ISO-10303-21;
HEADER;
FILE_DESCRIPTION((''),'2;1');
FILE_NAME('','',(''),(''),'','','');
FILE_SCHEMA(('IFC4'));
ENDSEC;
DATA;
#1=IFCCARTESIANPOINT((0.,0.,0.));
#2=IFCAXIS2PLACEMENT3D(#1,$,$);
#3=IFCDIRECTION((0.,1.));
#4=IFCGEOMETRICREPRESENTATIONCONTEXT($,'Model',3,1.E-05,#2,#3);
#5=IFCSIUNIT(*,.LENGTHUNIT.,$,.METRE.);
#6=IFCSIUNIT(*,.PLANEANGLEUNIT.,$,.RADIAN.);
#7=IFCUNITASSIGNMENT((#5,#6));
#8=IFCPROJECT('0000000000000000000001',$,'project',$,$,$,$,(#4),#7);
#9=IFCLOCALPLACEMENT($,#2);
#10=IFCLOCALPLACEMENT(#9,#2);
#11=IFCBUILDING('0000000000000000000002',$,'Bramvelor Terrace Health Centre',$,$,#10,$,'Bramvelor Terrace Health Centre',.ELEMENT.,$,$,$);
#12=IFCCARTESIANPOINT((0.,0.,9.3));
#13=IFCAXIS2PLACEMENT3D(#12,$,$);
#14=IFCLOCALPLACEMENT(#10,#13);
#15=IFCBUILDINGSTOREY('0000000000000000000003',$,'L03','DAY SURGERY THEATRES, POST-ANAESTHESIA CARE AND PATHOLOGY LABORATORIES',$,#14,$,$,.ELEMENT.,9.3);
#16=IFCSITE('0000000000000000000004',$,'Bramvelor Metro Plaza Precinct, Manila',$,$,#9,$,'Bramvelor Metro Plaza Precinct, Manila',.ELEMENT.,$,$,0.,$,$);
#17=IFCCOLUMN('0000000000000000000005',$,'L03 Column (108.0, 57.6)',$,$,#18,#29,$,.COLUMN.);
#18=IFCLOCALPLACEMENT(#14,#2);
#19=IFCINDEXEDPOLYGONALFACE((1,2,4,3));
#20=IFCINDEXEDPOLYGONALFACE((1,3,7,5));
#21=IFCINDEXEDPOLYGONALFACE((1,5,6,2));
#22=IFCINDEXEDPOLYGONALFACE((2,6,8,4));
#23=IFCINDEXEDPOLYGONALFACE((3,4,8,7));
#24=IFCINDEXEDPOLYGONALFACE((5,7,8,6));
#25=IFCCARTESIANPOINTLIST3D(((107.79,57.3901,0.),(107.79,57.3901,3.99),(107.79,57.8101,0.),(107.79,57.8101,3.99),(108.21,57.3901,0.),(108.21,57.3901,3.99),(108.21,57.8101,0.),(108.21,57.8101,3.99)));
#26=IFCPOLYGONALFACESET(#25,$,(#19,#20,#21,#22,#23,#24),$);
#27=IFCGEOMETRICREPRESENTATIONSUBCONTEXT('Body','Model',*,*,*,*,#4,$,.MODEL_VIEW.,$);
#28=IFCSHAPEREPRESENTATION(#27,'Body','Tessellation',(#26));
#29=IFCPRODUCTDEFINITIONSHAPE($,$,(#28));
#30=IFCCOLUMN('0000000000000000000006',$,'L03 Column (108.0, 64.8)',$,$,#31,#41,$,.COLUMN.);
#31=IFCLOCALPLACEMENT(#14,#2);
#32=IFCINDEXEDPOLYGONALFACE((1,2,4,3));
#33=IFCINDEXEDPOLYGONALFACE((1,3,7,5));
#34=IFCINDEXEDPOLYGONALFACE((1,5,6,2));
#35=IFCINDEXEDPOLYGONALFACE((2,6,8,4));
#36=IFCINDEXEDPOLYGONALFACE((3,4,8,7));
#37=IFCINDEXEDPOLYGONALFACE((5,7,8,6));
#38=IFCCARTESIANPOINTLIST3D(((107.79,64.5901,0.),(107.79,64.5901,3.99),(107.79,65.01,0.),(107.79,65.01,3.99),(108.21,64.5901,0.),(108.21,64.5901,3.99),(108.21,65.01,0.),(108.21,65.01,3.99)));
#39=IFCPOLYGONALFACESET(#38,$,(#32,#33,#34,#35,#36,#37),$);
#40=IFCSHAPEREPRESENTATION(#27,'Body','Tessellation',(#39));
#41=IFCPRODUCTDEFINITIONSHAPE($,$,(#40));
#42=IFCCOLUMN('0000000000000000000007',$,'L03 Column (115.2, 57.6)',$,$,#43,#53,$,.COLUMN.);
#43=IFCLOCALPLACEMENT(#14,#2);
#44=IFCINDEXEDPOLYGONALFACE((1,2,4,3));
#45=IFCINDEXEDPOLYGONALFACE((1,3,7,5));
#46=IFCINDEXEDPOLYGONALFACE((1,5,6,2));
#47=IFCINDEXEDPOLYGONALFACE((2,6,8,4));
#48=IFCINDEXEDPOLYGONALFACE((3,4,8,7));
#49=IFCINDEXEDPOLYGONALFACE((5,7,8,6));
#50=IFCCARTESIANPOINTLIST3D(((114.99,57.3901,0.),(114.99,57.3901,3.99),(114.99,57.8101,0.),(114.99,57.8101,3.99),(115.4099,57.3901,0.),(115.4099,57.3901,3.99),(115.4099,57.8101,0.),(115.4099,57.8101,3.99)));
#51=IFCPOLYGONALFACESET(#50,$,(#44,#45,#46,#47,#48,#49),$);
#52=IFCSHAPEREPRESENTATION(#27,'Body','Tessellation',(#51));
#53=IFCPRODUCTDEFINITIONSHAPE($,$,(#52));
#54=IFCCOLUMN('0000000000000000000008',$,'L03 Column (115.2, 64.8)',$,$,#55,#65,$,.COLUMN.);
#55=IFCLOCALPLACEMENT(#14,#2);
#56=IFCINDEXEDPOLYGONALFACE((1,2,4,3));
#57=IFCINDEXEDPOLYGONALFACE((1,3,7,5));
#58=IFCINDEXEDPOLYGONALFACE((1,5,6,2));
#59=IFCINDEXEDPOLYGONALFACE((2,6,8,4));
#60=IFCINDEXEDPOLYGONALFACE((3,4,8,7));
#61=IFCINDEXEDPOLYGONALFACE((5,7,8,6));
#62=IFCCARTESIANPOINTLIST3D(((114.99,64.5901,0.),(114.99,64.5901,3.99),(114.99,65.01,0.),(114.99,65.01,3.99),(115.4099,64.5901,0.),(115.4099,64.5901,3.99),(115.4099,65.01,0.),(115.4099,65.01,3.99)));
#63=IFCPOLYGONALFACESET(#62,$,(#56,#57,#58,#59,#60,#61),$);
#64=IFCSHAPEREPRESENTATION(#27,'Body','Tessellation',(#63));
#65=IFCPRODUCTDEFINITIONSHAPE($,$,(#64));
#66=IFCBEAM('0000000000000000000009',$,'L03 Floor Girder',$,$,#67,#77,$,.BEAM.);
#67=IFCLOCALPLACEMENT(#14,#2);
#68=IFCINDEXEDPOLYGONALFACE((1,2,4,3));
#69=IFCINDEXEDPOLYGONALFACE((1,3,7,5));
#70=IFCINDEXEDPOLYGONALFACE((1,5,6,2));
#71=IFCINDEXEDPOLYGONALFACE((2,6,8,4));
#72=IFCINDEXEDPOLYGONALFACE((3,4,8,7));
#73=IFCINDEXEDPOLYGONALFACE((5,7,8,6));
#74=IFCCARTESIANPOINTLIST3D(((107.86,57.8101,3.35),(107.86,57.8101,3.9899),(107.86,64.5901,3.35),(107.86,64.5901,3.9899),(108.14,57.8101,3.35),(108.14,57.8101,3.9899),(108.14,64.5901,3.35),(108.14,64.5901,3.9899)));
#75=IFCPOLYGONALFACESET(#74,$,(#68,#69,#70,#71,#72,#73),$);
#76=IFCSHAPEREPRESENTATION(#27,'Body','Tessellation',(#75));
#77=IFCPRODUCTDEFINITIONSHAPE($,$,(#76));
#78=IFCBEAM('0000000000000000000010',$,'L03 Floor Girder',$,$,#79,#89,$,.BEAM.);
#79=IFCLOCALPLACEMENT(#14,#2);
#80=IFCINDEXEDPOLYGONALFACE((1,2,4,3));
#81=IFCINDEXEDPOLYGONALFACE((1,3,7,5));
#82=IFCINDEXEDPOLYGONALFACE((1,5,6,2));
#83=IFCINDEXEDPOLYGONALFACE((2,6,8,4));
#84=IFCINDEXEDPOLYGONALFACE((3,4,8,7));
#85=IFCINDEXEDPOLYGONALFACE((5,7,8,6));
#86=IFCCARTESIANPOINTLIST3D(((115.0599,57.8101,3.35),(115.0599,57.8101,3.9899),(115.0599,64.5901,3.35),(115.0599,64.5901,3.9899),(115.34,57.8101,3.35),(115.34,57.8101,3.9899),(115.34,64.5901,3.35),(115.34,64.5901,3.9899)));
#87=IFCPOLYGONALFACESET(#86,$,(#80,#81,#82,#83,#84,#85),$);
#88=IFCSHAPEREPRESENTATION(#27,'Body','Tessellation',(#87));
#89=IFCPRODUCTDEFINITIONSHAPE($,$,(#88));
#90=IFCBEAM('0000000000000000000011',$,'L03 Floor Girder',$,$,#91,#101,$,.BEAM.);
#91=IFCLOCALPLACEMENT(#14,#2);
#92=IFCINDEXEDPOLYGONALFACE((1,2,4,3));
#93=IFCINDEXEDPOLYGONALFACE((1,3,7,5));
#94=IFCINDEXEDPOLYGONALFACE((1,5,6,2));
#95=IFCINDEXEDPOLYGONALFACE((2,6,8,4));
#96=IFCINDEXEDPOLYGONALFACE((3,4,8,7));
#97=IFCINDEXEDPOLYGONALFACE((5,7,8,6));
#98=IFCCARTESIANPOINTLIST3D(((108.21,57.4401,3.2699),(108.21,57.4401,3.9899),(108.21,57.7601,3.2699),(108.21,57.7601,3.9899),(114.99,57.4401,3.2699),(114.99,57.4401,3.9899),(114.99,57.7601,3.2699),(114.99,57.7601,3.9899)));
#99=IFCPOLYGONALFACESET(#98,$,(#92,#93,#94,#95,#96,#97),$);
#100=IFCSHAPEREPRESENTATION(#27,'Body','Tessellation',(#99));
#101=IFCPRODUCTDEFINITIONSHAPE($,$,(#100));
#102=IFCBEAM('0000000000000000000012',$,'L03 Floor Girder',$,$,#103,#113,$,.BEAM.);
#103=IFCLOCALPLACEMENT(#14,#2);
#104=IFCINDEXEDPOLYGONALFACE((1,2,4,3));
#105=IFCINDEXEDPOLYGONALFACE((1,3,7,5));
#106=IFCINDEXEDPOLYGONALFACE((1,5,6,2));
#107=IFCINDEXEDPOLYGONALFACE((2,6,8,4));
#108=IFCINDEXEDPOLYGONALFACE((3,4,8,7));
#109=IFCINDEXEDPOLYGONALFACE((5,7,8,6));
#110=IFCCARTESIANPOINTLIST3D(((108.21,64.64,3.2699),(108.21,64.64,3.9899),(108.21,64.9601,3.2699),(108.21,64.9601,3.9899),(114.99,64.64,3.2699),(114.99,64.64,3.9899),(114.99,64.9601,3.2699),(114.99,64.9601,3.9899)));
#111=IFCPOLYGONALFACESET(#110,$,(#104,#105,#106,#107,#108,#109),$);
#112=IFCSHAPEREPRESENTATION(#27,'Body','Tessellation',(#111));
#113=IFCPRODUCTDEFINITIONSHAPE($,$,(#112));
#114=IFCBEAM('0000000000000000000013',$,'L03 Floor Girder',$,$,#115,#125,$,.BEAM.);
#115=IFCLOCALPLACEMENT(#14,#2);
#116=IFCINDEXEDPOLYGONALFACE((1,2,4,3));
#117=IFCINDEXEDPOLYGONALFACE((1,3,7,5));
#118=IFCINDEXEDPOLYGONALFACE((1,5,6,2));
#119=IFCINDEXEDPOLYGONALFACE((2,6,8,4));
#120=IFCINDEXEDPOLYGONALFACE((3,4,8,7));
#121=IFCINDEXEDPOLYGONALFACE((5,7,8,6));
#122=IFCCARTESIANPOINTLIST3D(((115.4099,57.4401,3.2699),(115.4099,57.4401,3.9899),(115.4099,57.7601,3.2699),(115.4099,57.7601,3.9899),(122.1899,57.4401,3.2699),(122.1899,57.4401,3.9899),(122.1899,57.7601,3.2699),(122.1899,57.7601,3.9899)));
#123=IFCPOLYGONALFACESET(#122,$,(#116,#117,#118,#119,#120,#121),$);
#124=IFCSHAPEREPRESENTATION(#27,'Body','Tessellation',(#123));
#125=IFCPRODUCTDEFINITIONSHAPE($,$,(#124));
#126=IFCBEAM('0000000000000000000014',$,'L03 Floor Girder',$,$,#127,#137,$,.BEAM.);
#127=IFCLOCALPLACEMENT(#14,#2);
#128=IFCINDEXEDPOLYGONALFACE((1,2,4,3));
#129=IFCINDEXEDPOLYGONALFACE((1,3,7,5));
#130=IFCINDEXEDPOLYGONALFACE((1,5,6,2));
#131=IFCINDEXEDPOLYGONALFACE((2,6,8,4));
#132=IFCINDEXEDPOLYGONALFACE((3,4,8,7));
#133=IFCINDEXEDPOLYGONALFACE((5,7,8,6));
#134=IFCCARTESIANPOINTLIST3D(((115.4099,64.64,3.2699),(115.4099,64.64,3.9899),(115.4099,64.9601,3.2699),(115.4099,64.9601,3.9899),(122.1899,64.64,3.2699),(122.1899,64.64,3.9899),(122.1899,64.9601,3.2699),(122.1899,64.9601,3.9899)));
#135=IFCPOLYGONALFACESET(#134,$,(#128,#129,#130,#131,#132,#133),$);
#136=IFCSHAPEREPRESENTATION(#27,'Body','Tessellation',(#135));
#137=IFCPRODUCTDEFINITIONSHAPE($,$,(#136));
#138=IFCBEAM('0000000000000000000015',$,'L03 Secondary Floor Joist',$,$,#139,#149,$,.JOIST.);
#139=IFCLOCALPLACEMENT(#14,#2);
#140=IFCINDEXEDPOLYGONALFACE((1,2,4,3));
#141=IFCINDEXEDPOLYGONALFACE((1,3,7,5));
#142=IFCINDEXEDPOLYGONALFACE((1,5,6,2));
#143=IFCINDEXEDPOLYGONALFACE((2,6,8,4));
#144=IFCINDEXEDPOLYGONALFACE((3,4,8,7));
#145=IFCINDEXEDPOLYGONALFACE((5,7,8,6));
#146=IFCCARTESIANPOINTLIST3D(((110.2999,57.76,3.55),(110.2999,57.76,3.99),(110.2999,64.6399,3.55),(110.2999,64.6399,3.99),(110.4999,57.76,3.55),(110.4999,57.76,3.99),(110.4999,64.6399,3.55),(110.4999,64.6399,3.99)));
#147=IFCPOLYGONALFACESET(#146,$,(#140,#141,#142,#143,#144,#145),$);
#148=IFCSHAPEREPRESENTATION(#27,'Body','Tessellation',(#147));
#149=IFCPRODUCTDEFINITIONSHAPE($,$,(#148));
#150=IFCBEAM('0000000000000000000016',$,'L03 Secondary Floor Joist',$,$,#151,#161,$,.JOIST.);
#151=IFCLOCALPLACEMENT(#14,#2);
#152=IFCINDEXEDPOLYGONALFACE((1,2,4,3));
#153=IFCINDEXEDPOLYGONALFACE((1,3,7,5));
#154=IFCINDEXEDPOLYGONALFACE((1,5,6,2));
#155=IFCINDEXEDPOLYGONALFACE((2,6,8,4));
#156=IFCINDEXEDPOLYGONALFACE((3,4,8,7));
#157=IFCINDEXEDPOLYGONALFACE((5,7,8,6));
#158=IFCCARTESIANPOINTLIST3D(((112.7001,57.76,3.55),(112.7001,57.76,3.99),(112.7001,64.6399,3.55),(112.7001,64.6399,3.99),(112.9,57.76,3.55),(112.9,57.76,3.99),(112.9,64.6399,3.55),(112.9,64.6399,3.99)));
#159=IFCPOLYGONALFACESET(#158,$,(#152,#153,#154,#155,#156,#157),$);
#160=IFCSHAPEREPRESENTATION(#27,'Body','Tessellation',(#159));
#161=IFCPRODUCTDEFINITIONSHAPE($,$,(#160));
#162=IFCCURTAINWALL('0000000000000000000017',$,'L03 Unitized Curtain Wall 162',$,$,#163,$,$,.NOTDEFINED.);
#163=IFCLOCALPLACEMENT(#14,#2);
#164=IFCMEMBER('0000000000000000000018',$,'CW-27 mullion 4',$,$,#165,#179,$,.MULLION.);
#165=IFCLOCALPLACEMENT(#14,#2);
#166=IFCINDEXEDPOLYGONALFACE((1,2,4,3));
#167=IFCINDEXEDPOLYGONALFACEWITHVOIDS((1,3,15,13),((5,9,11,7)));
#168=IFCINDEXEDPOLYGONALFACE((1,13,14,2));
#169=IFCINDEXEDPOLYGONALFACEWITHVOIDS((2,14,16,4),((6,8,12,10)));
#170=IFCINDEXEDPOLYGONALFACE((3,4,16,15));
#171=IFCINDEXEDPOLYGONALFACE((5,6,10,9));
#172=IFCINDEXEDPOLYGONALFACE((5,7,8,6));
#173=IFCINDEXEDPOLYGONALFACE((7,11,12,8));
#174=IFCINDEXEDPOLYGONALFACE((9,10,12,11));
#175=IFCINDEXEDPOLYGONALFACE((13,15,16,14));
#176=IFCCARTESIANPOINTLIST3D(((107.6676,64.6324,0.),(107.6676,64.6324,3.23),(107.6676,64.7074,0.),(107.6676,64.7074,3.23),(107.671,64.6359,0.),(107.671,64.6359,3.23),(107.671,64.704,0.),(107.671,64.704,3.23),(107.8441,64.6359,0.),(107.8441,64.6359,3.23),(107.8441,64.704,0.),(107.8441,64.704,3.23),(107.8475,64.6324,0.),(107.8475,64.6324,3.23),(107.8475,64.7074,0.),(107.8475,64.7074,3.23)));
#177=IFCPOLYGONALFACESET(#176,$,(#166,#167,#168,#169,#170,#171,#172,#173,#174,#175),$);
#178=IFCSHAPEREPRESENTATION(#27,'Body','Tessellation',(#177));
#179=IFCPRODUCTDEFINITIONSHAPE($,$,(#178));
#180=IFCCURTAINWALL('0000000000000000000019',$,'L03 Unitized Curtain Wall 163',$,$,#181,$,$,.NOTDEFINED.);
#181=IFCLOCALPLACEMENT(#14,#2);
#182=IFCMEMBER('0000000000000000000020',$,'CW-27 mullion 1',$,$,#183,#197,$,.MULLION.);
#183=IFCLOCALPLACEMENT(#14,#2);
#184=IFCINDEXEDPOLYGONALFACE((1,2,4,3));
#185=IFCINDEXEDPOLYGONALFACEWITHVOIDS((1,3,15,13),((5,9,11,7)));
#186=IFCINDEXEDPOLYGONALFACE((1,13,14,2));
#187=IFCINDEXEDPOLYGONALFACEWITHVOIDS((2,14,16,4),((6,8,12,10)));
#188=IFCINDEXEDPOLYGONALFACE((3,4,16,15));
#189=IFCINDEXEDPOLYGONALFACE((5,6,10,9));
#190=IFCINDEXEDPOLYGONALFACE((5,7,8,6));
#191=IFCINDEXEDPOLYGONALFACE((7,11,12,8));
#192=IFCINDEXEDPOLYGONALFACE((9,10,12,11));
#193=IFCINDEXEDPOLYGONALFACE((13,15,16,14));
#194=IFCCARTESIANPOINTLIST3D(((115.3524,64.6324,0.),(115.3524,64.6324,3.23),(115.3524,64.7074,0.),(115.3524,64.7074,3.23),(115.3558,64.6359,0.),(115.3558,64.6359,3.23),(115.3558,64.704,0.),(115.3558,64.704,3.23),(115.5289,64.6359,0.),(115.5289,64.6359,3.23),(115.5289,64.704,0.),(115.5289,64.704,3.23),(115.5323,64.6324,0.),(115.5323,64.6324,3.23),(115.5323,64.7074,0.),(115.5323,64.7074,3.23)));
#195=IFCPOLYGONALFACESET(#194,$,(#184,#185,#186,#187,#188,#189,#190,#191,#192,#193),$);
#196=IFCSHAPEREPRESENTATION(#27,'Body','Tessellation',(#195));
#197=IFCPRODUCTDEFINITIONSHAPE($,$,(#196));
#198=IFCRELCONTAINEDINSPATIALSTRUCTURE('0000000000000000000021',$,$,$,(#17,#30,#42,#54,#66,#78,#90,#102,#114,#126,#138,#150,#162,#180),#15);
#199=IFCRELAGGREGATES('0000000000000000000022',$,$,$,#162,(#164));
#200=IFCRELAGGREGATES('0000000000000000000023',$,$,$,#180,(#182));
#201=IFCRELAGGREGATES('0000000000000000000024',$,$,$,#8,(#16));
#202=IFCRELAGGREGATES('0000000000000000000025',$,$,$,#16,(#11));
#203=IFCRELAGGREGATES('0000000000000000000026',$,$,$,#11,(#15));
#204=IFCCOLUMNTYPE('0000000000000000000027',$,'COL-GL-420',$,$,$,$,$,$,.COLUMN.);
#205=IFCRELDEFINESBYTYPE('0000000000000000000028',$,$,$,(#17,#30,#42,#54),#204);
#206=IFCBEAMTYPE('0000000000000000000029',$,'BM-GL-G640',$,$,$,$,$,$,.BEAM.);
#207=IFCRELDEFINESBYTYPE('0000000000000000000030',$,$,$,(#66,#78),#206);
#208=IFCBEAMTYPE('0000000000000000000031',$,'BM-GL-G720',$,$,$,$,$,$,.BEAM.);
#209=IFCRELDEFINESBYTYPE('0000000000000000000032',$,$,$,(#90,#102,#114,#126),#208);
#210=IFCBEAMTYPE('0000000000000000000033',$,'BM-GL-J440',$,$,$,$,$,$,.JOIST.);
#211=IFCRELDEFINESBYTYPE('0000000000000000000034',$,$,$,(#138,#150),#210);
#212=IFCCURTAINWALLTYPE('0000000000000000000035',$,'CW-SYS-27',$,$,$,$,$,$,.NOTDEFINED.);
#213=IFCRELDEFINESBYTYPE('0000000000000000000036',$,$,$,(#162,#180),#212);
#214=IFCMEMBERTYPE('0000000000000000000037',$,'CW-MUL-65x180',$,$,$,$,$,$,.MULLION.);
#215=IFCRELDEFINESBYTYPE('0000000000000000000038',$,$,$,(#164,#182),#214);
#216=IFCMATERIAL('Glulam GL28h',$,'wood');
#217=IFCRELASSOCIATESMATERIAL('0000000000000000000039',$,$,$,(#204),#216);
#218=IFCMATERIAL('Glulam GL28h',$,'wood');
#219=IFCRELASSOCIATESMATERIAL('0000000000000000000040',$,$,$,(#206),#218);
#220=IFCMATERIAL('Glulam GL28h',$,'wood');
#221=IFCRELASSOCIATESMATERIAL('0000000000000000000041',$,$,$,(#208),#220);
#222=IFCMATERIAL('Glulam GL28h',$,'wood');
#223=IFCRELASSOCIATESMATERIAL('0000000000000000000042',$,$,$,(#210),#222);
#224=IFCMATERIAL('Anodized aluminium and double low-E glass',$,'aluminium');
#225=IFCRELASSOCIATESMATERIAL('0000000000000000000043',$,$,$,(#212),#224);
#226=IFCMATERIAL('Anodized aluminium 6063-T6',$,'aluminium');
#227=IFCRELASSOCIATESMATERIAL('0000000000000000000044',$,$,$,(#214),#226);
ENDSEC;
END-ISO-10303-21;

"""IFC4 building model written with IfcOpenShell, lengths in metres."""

from ifc_helpers import new_model, si_unit, direction, frame, origin, origin_2d, place, context, subcontext, project, spatial, rectangle, hollow_rectangle, extrude, material, material_profile, profile_set, type_object, element, aggregate, save


model = new_model("IFC4")

# Units and contexts
model_context = context("Model", 3, precision=1e-05, world=origin(), true_north=direction((0.0, 1.0)))
body_context = subcontext(model_context, "Body", "Model", "MODEL_VIEW")
ifc_project = project(units=[si_unit("LENGTHUNIT", "METRE"), si_unit("PLANEANGLEUNIT", "RADIAN")], contexts=[model_context])

# Site, building, storey
site_placement = place(None, origin())
site = spatial("IfcSite", under=ifc_project, at=site_placement, Name="Bramvelor Metro Plaza Precinct, Manila", LongName="Bramvelor Metro Plaza Precinct, Manila", CompositionType="ELEMENT", RefElevation=0.0)
building_placement = place(site_placement, origin())
building = spatial("IfcBuilding", under=site, at=building_placement, Name="Bramvelor Terrace Health Centre", LongName="Bramvelor Terrace Health Centre", CompositionType="ELEMENT")
storey_placement = place(building_placement, frame((0.0, 0.0, 9.3)))
storey = spatial("IfcBuildingStorey", under=building, at=storey_placement, Name="L03", Description="DAY SURGERY THEATRES, POST-ANAESTHESIA CARE AND PATHOLOGY LABORATORIES", CompositionType="ELEMENT", Elevation=9.3)

# Columns
ifc_material_1 = material(Name="Glulam GL28h", Category="wood")
ifc_material_profile_1 = material_profile(ifc_material_1, rectangle(XDim=0.4199, YDim=0.4199, at=origin_2d()), Name="GL 420x420")
ifc_profile_set_1 = profile_set([ifc_material_profile_1], Name="Glulam GL28h")
column_type = type_object("IfcColumnType", Name="COL-GL-420", PredefinedType="COLUMN", material=ifc_profile_set_1)
for number, where, z_axis, x_axis, name in (
    (1, (108.0, 57.6001, 0.0), (0.0, 0.0, 1.0), (1.0, 0.0, 0.0), "L03 Column (108.0, 57.6)"),
    (2, (108.0, 64.8, 0.0), (0.0, 0.0, 1.0), (1.0, 0.0, 0.0), "L03 Column (108.0, 64.8)"),
    (3, (115.2, 57.6001, 0.0), (0.0, 0.0, 1.0), (1.0, 0.0, 0.0), "L03 Column (115.2, 57.6)"),
    (4, (115.2, 64.8, 0.0), (0.0, 0.0, 1.0), (1.0, 0.0, 0.0), "L03 Column (115.2, 64.8)"),
):
    element("IfcColumn", number, at=place(storey_placement, frame(where, z_axis=z_axis, x_axis=x_axis)), inside=storey, type_object=column_type, Name=name, PredefinedType="COLUMN", context=body_context, shape_type="SweptSolid", body=[
        extrude(rectangle(XDim=0.4199, YDim=0.4199, at=origin_2d()), origin(), (0.0, 0.0, 1.0), 3.99),
    ])

# Beams
ifc_material_2 = material(Name="Glulam GL28h", Category="wood")
ifc_material_profile_2 = material_profile(ifc_material_2, rectangle(XDim=0.28, YDim=0.6399, at=origin_2d()), Name="GL 280x640")
ifc_profile_set_2 = profile_set([ifc_material_profile_2], Name="Glulam GL28h")
beam_type_1 = type_object("IfcBeamType", Name="BM-GL-G640", PredefinedType="BEAM", material=ifc_profile_set_2)
for number, where, z_axis, x_axis, name in (
    (5, (108.0, 57.8101, 3.6699), (0.0, 1.0, 0.0), (-1.0, 0.0, 0.0), "L03 Floor Girder"),
    (6, (115.2, 57.8101, 3.6699), (0.0, 1.0, 0.0), (-1.0, 0.0, 0.0), "L03 Floor Girder"),
):
    element("IfcBeam", number, at=place(storey_placement, frame(where, z_axis=z_axis, x_axis=x_axis)), inside=storey, type_object=beam_type_1, Name=name, PredefinedType="BEAM", context=body_context, shape_type="SweptSolid", body=[
        extrude(rectangle(XDim=0.28, YDim=0.6399, at=origin_2d()), origin(), (0.0, 0.0, 1.0), 6.78),
    ])
ifc_material_3 = material(Name="Glulam GL28h", Category="wood")
ifc_material_profile_3 = material_profile(ifc_material_3, rectangle(XDim=0.3201, YDim=0.72, at=origin_2d()), Name="GL 320x720")
ifc_profile_set_3 = profile_set([ifc_material_profile_3], Name="Glulam GL28h")
beam_type_2 = type_object("IfcBeamType", Name="BM-GL-G720", PredefinedType="BEAM", material=ifc_profile_set_3)
for number, where, z_axis, x_axis, name in (
    (7, (108.21, 57.6001, 3.6299), (1.0, 0.0, 0.0), (0.0, 1.0, 0.0), "L03 Floor Girder"),
    (8, (108.21, 64.8, 3.6299), (1.0, 0.0, 0.0), (0.0, 1.0, 0.0), "L03 Floor Girder"),
    (9, (115.4099, 57.6001, 3.6299), (1.0, 0.0, 0.0), (0.0, 1.0, 0.0), "L03 Floor Girder"),
    (10, (115.4099, 64.8, 3.6299), (1.0, 0.0, 0.0), (0.0, 1.0, 0.0), "L03 Floor Girder"),
):
    element("IfcBeam", number, at=place(storey_placement, frame(where, z_axis=z_axis, x_axis=x_axis)), inside=storey, type_object=beam_type_2, Name=name, PredefinedType="BEAM", context=body_context, shape_type="SweptSolid", body=[
        extrude(rectangle(XDim=0.3201, YDim=0.72, at=origin_2d()), origin(), (0.0, 0.0, 1.0), 6.78),
    ])
ifc_material_4 = material(Name="Glulam GL28h", Category="wood")
ifc_material_profile_4 = material_profile(ifc_material_4, rectangle(XDim=0.2, YDim=0.4399, at=origin_2d()), Name="GL 200x440")
ifc_profile_set_4 = profile_set([ifc_material_profile_4], Name="Glulam GL28h")
beam_type_3 = type_object("IfcBeamType", Name="BM-GL-J440", PredefinedType="JOIST", material=ifc_profile_set_4)
for number, where, z_axis, x_axis, name in (
    (11, (110.3999, 57.76, 3.77), (0.0, 1.0, 0.0), (-1.0, 0.0, 0.0), "L03 Secondary Floor Joist"),
    (12, (112.8, 57.76, 3.77), (0.0, 1.0, 0.0), (-1.0, 0.0, 0.0), "L03 Secondary Floor Joist"),
):
    element("IfcBeam", number, at=place(storey_placement, frame(where, z_axis=z_axis, x_axis=x_axis)), inside=storey, type_object=beam_type_3, Name=name, PredefinedType="JOIST", context=body_context, shape_type="SweptSolid", body=[
        extrude(rectangle(XDim=0.2, YDim=0.4399, at=origin_2d()), origin(), (0.0, 0.0, 1.0), 6.8799),
    ])

# Curtain wall, member
ifc_material_5 = material(Name="Anodized aluminium and double low-E glass", Category="aluminium")
curtain_wall_type = type_object("IfcCurtainWallType", Name="CW-SYS-27", PredefinedType="NOTDEFINED", material=ifc_material_5)
curtain_wall_1_placement = place(storey_placement, origin())
curtain_wall_1 = element("IfcCurtainWall", 13, at=curtain_wall_1_placement, inside=storey, type_object=curtain_wall_type, Name="L03 Unitized Curtain Wall 162", PredefinedType="NOTDEFINED")
ifc_material_6 = material(Name="Anodized aluminium 6063-T6", Category="aluminium")
ifc_material_profile_5 = material_profile(ifc_material_6, hollow_rectangle(XDim=0.075, YDim=0.1799, WallThickness=0.0034, at=origin_2d()), Name="ALU-MUL 75x180x3.5")
ifc_profile_set_5 = profile_set([ifc_material_profile_5], Name="Anodized aluminium 6063-T6")
member_type_1 = type_object("IfcMemberType", Name="CW-MUL-65x180", PredefinedType="MULLION", material=ifc_profile_set_5)
member_1_placement = place(storey_placement, frame((107.7576, 64.6699, 0.0), z_axis=(0.0, 0.0, 1.0), x_axis=(0.0, 1.0, 0.0)))
member_1 = element("IfcMember", 14, at=member_1_placement, type_object=member_type_1, Name="CW-27 mullion 4", PredefinedType="MULLION", context=body_context, shape_type="SweptSolid", body=[
    extrude(hollow_rectangle(XDim=0.075, YDim=0.1799, WallThickness=0.0034, at=origin_2d()), origin(), (0.0, 0.0, 1.0), 3.23),
])
aggregate(curtain_wall_1, [member_1])

# Curtain wall, member
curtain_wall_2_placement = place(storey_placement, origin())
curtain_wall_2 = element("IfcCurtainWall", 15, at=curtain_wall_2_placement, inside=storey, type_object=curtain_wall_type, Name="L03 Unitized Curtain Wall 163", PredefinedType="NOTDEFINED")
member_2_placement = place(storey_placement, frame((115.4424, 64.6699, 0.0), z_axis=(0.0, 0.0, 1.0), x_axis=(0.0, 1.0, 0.0)))
member_2 = element("IfcMember", 16, at=member_2_placement, type_object=member_type_1, Name="CW-27 mullion 1", PredefinedType="MULLION", context=body_context, shape_type="SweptSolid", body=[
    extrude(hollow_rectangle(XDim=0.075, YDim=0.1799, WallThickness=0.0034, at=origin_2d()), origin(), (0.0, 0.0, 1.0), 3.23),
])
aggregate(curtain_wall_2, [member_2])

save(model, "model.ifc")
